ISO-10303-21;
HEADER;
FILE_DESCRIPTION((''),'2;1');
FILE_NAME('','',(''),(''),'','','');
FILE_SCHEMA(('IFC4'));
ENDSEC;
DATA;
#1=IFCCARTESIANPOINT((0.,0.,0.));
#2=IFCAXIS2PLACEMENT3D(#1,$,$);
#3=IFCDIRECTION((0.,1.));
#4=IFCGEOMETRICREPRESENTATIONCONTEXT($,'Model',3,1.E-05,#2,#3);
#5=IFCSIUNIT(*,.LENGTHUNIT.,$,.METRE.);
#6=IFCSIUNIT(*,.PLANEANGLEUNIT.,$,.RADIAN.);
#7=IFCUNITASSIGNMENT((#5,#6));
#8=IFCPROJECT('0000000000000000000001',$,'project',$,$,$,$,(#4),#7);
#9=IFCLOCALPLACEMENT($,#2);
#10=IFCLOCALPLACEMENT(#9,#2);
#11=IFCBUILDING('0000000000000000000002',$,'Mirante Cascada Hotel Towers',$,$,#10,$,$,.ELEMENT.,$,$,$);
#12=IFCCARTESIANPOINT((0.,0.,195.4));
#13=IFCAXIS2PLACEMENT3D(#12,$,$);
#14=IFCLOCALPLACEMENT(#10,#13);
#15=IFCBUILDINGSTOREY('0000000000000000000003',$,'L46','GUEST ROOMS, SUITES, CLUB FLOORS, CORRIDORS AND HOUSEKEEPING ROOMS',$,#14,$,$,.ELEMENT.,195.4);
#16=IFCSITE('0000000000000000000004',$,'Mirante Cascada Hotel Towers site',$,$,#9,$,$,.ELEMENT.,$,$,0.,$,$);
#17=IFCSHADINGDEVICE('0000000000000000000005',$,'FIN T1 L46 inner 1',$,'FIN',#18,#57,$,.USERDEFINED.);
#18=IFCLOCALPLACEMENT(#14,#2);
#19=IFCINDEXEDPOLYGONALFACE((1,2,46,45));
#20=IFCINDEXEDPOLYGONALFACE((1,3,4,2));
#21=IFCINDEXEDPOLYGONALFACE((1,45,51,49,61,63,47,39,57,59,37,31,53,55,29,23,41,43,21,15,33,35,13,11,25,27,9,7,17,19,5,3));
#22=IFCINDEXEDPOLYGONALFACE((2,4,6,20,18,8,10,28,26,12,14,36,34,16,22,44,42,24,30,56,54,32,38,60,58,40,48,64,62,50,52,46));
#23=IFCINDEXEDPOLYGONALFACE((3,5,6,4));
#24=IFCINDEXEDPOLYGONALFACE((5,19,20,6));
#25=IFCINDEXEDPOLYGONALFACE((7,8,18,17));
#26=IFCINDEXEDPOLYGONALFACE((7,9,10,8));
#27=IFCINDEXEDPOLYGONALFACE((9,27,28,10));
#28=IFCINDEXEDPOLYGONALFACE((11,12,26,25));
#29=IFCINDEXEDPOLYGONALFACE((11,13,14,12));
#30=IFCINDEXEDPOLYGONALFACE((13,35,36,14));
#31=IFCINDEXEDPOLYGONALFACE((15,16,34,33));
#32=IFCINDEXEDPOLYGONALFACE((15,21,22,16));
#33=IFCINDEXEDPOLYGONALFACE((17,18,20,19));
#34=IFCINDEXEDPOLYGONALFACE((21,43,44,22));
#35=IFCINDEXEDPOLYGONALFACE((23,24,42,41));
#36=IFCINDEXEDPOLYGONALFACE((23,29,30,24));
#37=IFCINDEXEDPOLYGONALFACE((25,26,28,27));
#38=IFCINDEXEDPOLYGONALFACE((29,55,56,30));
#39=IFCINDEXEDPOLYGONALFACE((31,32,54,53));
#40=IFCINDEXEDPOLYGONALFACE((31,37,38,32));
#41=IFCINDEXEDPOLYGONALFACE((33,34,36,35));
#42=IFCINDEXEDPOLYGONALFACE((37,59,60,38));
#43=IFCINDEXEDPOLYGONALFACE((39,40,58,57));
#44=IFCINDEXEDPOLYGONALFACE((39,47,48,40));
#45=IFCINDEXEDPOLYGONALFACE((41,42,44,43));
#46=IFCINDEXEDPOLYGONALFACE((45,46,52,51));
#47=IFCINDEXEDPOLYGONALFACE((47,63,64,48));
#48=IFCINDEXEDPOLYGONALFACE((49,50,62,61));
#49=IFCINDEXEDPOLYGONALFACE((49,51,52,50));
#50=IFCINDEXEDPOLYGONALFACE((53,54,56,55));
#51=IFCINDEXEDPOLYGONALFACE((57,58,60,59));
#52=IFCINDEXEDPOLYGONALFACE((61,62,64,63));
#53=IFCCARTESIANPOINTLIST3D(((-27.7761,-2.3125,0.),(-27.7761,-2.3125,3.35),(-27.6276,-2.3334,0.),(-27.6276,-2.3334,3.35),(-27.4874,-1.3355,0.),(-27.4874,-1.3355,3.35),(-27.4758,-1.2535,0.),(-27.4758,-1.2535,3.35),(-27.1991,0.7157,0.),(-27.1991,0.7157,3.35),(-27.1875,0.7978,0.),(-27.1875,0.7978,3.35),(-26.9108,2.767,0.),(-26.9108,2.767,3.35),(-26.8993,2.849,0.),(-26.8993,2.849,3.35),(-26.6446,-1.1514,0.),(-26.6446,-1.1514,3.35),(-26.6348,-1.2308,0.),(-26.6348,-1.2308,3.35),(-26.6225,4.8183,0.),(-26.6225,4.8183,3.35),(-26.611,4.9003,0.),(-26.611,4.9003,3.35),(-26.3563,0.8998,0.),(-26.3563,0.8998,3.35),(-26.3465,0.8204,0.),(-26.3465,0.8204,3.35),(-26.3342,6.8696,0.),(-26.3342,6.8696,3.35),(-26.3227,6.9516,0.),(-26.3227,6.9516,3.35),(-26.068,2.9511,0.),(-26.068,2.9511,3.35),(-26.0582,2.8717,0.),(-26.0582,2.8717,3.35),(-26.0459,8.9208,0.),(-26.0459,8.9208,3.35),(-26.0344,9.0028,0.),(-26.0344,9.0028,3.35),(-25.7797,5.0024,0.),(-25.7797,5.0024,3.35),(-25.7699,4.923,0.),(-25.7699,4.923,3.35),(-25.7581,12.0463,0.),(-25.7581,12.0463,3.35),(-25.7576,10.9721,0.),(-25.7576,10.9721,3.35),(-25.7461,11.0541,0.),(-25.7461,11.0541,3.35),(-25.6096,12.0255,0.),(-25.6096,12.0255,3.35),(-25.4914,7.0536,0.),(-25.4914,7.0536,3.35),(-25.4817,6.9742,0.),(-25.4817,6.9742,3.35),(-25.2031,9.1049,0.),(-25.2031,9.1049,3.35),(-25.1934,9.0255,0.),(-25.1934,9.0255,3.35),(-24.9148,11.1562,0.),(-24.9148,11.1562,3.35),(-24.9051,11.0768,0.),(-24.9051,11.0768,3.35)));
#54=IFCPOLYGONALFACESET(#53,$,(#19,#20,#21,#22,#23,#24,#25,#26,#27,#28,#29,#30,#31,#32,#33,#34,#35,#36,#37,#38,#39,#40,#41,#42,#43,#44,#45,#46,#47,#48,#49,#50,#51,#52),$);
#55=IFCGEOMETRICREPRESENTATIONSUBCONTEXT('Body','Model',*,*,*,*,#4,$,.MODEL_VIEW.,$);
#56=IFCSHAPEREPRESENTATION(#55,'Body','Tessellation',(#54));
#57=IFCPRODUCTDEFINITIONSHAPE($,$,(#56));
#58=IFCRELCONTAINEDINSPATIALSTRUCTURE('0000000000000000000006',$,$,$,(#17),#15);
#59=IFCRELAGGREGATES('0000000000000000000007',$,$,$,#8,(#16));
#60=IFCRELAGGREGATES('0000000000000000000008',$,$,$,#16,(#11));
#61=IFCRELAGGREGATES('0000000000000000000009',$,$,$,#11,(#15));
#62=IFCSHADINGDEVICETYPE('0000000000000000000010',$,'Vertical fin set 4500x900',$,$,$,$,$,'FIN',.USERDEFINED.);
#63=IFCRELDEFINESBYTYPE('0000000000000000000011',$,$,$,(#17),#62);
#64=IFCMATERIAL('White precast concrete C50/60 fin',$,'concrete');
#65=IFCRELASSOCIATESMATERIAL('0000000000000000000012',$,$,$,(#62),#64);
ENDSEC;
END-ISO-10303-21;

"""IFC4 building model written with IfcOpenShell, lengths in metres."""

from ifc_helpers import new_model, si_unit, direction, frame, origin, place, context, subcontext, project, spatial, polyline, outline, extrude, material, type_object, element, save


model = new_model("IFC4")

# Units and contexts
model_context = context("Model", 3, precision=1e-05, world=origin(), true_north=direction((0.0, 1.0)))
body_context = subcontext(model_context, "Body", "Model", "MODEL_VIEW")
ifc_project = project(units=[si_unit("LENGTHUNIT", "METRE"), si_unit("PLANEANGLEUNIT", "RADIAN")], contexts=[model_context])

# Site, building, storey
site_placement = place(None, origin())
site = spatial("IfcSite", under=ifc_project, at=site_placement, Name="Mirante Cascada Hotel Towers site", CompositionType="ELEMENT", RefElevation=0.0)
building_placement = place(site_placement, origin())
building = spatial("IfcBuilding", under=site, at=building_placement, Name="Mirante Cascada Hotel Towers", CompositionType="ELEMENT")
storey_placement = place(building_placement, frame((0.0, 0.0, 195.4)))
storey = spatial("IfcBuildingStorey", under=building, at=storey_placement, Name="L46", Description="GUEST ROOMS, SUITES, CLUB FLOORS, CORRIDORS AND HOUSEKEEPING ROOMS", CompositionType="ELEMENT", Elevation=195.4)

# Shading device
ifc_material_1 = material(Name="White precast concrete C50/60 fin", Category="concrete")
shading_device_type = type_object("IfcShadingDeviceType", Name="Vertical fin set 4500x900", ElementType="FIN", PredefinedType="USERDEFINED", material=ifc_material_1)
shading_device_1_placement = place(storey_placement, origin())
element("IfcShadingDevice", 1, at=shading_device_1_placement, inside=storey, type_object=shading_device_type, Name="FIN T1 L46 inner 1", ObjectType="FIN", PredefinedType="USERDEFINED", context=body_context, shape_type="SweptSolid", body=[
    extrude(outline(polyline([(-27.4874, -1.3355), (-27.6276, -2.3334), (-27.7761, -2.3125), (-25.7581, 12.0463), (-25.6096, 12.0255), (-25.7461, 11.0541), (-24.9148, 11.1562), (-24.9051, 11.0768), (-25.7576, 10.9721), (-26.0344, 9.0028), (-25.2031, 9.1049), (-25.1934, 9.0255), (-26.0459, 8.9208), (-26.3227, 6.9516), (-25.4914, 7.0536), (-25.4817, 6.9742), (-26.3342, 6.8696), (-26.611, 4.9003), (-25.7797, 5.0024), (-25.7699, 4.923), (-26.6225, 4.8183), (-26.8993, 2.849), (-26.068, 2.9511), (-26.0582, 2.8717), (-26.9108, 2.767), (-27.1875, 0.7978), (-26.3563, 0.8998), (-26.3465, 0.8204), (-27.1991, 0.7157), (-27.4758, -1.2535), (-26.6446, -1.1514), (-26.6348, -1.2308), (-27.4874, -1.3355)])), origin(), (0.0, 0.0, 1.0), 3.35),
])

save(model, "model.ifc")
